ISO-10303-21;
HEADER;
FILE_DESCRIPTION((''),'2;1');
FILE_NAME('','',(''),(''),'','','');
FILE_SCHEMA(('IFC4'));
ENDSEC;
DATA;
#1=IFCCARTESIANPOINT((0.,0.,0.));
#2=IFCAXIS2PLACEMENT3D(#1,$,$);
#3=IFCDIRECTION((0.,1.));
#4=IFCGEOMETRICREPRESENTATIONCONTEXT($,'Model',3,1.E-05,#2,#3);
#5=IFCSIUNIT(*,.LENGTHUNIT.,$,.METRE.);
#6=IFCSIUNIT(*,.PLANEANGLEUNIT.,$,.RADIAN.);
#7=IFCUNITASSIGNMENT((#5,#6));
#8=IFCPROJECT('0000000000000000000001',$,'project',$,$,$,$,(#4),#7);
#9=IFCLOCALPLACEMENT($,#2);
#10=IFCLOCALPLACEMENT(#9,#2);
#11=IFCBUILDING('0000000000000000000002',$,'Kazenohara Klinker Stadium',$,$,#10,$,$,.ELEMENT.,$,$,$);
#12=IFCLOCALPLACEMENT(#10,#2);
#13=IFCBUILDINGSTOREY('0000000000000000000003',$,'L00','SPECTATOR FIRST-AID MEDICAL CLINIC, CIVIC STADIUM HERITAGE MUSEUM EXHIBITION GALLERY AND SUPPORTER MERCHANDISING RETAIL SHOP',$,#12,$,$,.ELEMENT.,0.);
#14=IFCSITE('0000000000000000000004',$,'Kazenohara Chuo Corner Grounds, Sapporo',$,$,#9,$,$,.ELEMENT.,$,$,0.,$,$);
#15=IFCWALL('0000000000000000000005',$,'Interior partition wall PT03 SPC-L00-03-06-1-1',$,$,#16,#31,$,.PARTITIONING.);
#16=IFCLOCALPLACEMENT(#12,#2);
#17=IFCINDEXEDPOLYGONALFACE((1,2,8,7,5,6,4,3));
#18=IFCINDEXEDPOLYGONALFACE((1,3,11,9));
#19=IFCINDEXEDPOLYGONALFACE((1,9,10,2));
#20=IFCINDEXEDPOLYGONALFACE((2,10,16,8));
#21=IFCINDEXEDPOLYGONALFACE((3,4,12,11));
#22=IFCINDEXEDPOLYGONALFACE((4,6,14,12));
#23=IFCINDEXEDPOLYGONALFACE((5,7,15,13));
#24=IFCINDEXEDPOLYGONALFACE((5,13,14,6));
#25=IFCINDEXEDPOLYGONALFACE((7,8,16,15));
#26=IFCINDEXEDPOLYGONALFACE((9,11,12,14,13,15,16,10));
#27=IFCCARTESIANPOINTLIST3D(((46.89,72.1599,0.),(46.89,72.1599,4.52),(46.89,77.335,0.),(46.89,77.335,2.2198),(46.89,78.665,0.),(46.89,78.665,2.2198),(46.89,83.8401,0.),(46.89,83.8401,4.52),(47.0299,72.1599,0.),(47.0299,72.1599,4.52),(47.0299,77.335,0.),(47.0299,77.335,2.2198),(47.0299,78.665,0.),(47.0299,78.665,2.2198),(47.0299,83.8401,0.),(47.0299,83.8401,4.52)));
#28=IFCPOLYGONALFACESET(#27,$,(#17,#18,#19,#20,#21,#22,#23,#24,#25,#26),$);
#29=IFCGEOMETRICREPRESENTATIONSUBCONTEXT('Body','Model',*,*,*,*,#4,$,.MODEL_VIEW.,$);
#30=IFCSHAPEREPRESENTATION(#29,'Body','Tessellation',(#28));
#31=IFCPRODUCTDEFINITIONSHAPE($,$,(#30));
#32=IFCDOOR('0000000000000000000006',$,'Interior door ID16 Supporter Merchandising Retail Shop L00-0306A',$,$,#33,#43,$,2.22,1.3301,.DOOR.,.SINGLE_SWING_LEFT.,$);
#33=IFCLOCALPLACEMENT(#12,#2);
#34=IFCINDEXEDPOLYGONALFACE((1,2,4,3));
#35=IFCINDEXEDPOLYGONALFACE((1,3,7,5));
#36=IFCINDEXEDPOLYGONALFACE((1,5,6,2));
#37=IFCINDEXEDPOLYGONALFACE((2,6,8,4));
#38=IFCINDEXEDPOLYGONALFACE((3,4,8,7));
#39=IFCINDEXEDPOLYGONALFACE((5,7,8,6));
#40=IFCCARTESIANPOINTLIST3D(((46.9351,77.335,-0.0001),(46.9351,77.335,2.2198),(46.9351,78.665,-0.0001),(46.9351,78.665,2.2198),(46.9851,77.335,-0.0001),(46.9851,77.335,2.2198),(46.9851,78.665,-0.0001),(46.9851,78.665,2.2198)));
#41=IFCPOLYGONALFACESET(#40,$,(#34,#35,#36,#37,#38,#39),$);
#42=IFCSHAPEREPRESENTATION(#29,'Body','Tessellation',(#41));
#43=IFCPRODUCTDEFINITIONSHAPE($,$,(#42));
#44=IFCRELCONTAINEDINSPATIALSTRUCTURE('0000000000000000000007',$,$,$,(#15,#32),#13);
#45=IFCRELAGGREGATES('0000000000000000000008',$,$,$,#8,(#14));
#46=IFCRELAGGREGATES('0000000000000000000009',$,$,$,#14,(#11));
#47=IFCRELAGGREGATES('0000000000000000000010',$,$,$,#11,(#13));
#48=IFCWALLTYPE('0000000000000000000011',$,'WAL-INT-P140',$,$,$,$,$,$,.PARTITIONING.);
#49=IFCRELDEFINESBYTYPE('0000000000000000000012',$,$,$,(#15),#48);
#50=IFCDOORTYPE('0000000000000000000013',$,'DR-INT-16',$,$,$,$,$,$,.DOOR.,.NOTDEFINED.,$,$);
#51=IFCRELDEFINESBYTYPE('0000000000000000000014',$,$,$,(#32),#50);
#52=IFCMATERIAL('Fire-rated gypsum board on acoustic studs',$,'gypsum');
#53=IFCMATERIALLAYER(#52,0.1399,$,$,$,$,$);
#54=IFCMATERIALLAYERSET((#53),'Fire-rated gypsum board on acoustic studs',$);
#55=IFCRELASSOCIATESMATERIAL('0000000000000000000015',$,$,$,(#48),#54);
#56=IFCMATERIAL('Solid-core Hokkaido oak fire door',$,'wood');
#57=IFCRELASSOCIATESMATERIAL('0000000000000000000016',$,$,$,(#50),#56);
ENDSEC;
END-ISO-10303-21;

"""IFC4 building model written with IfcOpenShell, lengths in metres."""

from ifc_helpers import new_model, si_unit, direction, frame, frame_2d, origin, place, context, subcontext, project, spatial, rectangle, extrude, material, layer, layer_set, type_object, element, fill, save


model = new_model("IFC4")

# Units and contexts
model_context = context("Model", 3, precision=1e-05, world=origin(), true_north=direction((0.0, 1.0)))
body_context = subcontext(model_context, "Body", "Model", "MODEL_VIEW")
ifc_project = project(units=[si_unit("LENGTHUNIT", "METRE"), si_unit("PLANEANGLEUNIT", "RADIAN")], contexts=[model_context])

# Site, building, storey
site_placement = place(None, origin())
site = spatial("IfcSite", under=ifc_project, at=site_placement, Name="Kazenohara Chuo Corner Grounds, Sapporo", CompositionType="ELEMENT", RefElevation=0.0)
building_placement = place(site_placement, origin())
building = spatial("IfcBuilding", under=site, at=building_placement, Name="Kazenohara Klinker Stadium", CompositionType="ELEMENT")
storey_placement = place(building_placement, origin())
storey = spatial("IfcBuildingStorey", under=building, at=storey_placement, Name="L00", Description="SPECTATOR FIRST-AID MEDICAL CLINIC, CIVIC STADIUM HERITAGE MUSEUM EXHIBITION GALLERY AND SUPPORTER MERCHANDISING RETAIL SHOP", CompositionType="ELEMENT", Elevation=0.0)

# Shared definitions
ifc_material_1 = material(Name="Fire-rated gypsum board on acoustic studs", Category="gypsum")
ifc_material_2 = material(Name="Solid-core Hokkaido oak fire door", Category="wood")

# Wall, opening, door
ifc_layer_1 = layer(ifc_material_1, 0.1399)
ifc_layer_set_1 = layer_set([ifc_layer_1], Name="Fire-rated gypsum board on acoustic studs")
wall_type_1 = type_object("IfcWallType", Name="WAL-INT-P140", PredefinedType="PARTITIONING", material=ifc_layer_set_1)
wall_1_placement = place(storey_placement, frame((46.96, 72.1599, 0.0), z_axis=(0.0, 0.0, 1.0), x_axis=(0.0, 1.0, 0.0)))
wall_1 = element("IfcWall", 1, at=wall_1_placement, inside=storey, type_object=wall_type_1, Name="Interior partition wall PT03 SPC-L00-03-06-1-1", PredefinedType="PARTITIONING", context=body_context, shape_type="SweptSolid", body=[
    extrude(rectangle(XDim=11.6802, YDim=0.1399, at=frame_2d((5.8401, 0.0))), origin(), (0.0, 0.0, 1.0), 4.52),
])
opening_1_placement = place(wall_1_placement, frame((5.175, 0.0, 0.0)))
opening_1 = element("IfcOpeningElement", 2, at=opening_1_placement, cuts=wall_1, PredefinedType="OPENING", context=body_context, shape_type="SweptSolid", body=[
    extrude(rectangle(XDim=1.3301, YDim=2.22, at=frame_2d((0.665, 1.1099))), frame((0.0, 0.0801, 0.0), z_axis=(0.0, -1.0, 0.0), x_axis=(1.0, 0.0, 0.0)), (0.0, 0.0, 1.0), 0.1599),
])
door_type_1 = type_object("IfcDoorType", Name="DR-INT-16", OperationType="NOTDEFINED", PredefinedType="DOOR", material=ifc_material_2)
door_1_placement = place(opening_1_placement, origin())
door_1 = element("IfcDoor", 3, at=door_1_placement, inside=storey, type_object=door_type_1, Name="Interior door ID16 Supporter Merchandising Retail Shop L00-0306A", OperationType="SINGLE_SWING_LEFT", OverallHeight=2.22, OverallWidth=1.3301, PredefinedType="DOOR", context=body_context, shape_type="SweptSolid", body=[
    extrude(rectangle(XDim=1.3301, YDim=2.22, at=frame_2d((0.665, 1.1099))), frame((0.0, 0.0249, 0.0), z_axis=(0.0, -1.0, 0.0), x_axis=(1.0, 0.0, 0.0)), (0.0, 0.0, 1.0), 0.05),
])
fill(opening_1, door_1)

save(model, "model.ifc")
